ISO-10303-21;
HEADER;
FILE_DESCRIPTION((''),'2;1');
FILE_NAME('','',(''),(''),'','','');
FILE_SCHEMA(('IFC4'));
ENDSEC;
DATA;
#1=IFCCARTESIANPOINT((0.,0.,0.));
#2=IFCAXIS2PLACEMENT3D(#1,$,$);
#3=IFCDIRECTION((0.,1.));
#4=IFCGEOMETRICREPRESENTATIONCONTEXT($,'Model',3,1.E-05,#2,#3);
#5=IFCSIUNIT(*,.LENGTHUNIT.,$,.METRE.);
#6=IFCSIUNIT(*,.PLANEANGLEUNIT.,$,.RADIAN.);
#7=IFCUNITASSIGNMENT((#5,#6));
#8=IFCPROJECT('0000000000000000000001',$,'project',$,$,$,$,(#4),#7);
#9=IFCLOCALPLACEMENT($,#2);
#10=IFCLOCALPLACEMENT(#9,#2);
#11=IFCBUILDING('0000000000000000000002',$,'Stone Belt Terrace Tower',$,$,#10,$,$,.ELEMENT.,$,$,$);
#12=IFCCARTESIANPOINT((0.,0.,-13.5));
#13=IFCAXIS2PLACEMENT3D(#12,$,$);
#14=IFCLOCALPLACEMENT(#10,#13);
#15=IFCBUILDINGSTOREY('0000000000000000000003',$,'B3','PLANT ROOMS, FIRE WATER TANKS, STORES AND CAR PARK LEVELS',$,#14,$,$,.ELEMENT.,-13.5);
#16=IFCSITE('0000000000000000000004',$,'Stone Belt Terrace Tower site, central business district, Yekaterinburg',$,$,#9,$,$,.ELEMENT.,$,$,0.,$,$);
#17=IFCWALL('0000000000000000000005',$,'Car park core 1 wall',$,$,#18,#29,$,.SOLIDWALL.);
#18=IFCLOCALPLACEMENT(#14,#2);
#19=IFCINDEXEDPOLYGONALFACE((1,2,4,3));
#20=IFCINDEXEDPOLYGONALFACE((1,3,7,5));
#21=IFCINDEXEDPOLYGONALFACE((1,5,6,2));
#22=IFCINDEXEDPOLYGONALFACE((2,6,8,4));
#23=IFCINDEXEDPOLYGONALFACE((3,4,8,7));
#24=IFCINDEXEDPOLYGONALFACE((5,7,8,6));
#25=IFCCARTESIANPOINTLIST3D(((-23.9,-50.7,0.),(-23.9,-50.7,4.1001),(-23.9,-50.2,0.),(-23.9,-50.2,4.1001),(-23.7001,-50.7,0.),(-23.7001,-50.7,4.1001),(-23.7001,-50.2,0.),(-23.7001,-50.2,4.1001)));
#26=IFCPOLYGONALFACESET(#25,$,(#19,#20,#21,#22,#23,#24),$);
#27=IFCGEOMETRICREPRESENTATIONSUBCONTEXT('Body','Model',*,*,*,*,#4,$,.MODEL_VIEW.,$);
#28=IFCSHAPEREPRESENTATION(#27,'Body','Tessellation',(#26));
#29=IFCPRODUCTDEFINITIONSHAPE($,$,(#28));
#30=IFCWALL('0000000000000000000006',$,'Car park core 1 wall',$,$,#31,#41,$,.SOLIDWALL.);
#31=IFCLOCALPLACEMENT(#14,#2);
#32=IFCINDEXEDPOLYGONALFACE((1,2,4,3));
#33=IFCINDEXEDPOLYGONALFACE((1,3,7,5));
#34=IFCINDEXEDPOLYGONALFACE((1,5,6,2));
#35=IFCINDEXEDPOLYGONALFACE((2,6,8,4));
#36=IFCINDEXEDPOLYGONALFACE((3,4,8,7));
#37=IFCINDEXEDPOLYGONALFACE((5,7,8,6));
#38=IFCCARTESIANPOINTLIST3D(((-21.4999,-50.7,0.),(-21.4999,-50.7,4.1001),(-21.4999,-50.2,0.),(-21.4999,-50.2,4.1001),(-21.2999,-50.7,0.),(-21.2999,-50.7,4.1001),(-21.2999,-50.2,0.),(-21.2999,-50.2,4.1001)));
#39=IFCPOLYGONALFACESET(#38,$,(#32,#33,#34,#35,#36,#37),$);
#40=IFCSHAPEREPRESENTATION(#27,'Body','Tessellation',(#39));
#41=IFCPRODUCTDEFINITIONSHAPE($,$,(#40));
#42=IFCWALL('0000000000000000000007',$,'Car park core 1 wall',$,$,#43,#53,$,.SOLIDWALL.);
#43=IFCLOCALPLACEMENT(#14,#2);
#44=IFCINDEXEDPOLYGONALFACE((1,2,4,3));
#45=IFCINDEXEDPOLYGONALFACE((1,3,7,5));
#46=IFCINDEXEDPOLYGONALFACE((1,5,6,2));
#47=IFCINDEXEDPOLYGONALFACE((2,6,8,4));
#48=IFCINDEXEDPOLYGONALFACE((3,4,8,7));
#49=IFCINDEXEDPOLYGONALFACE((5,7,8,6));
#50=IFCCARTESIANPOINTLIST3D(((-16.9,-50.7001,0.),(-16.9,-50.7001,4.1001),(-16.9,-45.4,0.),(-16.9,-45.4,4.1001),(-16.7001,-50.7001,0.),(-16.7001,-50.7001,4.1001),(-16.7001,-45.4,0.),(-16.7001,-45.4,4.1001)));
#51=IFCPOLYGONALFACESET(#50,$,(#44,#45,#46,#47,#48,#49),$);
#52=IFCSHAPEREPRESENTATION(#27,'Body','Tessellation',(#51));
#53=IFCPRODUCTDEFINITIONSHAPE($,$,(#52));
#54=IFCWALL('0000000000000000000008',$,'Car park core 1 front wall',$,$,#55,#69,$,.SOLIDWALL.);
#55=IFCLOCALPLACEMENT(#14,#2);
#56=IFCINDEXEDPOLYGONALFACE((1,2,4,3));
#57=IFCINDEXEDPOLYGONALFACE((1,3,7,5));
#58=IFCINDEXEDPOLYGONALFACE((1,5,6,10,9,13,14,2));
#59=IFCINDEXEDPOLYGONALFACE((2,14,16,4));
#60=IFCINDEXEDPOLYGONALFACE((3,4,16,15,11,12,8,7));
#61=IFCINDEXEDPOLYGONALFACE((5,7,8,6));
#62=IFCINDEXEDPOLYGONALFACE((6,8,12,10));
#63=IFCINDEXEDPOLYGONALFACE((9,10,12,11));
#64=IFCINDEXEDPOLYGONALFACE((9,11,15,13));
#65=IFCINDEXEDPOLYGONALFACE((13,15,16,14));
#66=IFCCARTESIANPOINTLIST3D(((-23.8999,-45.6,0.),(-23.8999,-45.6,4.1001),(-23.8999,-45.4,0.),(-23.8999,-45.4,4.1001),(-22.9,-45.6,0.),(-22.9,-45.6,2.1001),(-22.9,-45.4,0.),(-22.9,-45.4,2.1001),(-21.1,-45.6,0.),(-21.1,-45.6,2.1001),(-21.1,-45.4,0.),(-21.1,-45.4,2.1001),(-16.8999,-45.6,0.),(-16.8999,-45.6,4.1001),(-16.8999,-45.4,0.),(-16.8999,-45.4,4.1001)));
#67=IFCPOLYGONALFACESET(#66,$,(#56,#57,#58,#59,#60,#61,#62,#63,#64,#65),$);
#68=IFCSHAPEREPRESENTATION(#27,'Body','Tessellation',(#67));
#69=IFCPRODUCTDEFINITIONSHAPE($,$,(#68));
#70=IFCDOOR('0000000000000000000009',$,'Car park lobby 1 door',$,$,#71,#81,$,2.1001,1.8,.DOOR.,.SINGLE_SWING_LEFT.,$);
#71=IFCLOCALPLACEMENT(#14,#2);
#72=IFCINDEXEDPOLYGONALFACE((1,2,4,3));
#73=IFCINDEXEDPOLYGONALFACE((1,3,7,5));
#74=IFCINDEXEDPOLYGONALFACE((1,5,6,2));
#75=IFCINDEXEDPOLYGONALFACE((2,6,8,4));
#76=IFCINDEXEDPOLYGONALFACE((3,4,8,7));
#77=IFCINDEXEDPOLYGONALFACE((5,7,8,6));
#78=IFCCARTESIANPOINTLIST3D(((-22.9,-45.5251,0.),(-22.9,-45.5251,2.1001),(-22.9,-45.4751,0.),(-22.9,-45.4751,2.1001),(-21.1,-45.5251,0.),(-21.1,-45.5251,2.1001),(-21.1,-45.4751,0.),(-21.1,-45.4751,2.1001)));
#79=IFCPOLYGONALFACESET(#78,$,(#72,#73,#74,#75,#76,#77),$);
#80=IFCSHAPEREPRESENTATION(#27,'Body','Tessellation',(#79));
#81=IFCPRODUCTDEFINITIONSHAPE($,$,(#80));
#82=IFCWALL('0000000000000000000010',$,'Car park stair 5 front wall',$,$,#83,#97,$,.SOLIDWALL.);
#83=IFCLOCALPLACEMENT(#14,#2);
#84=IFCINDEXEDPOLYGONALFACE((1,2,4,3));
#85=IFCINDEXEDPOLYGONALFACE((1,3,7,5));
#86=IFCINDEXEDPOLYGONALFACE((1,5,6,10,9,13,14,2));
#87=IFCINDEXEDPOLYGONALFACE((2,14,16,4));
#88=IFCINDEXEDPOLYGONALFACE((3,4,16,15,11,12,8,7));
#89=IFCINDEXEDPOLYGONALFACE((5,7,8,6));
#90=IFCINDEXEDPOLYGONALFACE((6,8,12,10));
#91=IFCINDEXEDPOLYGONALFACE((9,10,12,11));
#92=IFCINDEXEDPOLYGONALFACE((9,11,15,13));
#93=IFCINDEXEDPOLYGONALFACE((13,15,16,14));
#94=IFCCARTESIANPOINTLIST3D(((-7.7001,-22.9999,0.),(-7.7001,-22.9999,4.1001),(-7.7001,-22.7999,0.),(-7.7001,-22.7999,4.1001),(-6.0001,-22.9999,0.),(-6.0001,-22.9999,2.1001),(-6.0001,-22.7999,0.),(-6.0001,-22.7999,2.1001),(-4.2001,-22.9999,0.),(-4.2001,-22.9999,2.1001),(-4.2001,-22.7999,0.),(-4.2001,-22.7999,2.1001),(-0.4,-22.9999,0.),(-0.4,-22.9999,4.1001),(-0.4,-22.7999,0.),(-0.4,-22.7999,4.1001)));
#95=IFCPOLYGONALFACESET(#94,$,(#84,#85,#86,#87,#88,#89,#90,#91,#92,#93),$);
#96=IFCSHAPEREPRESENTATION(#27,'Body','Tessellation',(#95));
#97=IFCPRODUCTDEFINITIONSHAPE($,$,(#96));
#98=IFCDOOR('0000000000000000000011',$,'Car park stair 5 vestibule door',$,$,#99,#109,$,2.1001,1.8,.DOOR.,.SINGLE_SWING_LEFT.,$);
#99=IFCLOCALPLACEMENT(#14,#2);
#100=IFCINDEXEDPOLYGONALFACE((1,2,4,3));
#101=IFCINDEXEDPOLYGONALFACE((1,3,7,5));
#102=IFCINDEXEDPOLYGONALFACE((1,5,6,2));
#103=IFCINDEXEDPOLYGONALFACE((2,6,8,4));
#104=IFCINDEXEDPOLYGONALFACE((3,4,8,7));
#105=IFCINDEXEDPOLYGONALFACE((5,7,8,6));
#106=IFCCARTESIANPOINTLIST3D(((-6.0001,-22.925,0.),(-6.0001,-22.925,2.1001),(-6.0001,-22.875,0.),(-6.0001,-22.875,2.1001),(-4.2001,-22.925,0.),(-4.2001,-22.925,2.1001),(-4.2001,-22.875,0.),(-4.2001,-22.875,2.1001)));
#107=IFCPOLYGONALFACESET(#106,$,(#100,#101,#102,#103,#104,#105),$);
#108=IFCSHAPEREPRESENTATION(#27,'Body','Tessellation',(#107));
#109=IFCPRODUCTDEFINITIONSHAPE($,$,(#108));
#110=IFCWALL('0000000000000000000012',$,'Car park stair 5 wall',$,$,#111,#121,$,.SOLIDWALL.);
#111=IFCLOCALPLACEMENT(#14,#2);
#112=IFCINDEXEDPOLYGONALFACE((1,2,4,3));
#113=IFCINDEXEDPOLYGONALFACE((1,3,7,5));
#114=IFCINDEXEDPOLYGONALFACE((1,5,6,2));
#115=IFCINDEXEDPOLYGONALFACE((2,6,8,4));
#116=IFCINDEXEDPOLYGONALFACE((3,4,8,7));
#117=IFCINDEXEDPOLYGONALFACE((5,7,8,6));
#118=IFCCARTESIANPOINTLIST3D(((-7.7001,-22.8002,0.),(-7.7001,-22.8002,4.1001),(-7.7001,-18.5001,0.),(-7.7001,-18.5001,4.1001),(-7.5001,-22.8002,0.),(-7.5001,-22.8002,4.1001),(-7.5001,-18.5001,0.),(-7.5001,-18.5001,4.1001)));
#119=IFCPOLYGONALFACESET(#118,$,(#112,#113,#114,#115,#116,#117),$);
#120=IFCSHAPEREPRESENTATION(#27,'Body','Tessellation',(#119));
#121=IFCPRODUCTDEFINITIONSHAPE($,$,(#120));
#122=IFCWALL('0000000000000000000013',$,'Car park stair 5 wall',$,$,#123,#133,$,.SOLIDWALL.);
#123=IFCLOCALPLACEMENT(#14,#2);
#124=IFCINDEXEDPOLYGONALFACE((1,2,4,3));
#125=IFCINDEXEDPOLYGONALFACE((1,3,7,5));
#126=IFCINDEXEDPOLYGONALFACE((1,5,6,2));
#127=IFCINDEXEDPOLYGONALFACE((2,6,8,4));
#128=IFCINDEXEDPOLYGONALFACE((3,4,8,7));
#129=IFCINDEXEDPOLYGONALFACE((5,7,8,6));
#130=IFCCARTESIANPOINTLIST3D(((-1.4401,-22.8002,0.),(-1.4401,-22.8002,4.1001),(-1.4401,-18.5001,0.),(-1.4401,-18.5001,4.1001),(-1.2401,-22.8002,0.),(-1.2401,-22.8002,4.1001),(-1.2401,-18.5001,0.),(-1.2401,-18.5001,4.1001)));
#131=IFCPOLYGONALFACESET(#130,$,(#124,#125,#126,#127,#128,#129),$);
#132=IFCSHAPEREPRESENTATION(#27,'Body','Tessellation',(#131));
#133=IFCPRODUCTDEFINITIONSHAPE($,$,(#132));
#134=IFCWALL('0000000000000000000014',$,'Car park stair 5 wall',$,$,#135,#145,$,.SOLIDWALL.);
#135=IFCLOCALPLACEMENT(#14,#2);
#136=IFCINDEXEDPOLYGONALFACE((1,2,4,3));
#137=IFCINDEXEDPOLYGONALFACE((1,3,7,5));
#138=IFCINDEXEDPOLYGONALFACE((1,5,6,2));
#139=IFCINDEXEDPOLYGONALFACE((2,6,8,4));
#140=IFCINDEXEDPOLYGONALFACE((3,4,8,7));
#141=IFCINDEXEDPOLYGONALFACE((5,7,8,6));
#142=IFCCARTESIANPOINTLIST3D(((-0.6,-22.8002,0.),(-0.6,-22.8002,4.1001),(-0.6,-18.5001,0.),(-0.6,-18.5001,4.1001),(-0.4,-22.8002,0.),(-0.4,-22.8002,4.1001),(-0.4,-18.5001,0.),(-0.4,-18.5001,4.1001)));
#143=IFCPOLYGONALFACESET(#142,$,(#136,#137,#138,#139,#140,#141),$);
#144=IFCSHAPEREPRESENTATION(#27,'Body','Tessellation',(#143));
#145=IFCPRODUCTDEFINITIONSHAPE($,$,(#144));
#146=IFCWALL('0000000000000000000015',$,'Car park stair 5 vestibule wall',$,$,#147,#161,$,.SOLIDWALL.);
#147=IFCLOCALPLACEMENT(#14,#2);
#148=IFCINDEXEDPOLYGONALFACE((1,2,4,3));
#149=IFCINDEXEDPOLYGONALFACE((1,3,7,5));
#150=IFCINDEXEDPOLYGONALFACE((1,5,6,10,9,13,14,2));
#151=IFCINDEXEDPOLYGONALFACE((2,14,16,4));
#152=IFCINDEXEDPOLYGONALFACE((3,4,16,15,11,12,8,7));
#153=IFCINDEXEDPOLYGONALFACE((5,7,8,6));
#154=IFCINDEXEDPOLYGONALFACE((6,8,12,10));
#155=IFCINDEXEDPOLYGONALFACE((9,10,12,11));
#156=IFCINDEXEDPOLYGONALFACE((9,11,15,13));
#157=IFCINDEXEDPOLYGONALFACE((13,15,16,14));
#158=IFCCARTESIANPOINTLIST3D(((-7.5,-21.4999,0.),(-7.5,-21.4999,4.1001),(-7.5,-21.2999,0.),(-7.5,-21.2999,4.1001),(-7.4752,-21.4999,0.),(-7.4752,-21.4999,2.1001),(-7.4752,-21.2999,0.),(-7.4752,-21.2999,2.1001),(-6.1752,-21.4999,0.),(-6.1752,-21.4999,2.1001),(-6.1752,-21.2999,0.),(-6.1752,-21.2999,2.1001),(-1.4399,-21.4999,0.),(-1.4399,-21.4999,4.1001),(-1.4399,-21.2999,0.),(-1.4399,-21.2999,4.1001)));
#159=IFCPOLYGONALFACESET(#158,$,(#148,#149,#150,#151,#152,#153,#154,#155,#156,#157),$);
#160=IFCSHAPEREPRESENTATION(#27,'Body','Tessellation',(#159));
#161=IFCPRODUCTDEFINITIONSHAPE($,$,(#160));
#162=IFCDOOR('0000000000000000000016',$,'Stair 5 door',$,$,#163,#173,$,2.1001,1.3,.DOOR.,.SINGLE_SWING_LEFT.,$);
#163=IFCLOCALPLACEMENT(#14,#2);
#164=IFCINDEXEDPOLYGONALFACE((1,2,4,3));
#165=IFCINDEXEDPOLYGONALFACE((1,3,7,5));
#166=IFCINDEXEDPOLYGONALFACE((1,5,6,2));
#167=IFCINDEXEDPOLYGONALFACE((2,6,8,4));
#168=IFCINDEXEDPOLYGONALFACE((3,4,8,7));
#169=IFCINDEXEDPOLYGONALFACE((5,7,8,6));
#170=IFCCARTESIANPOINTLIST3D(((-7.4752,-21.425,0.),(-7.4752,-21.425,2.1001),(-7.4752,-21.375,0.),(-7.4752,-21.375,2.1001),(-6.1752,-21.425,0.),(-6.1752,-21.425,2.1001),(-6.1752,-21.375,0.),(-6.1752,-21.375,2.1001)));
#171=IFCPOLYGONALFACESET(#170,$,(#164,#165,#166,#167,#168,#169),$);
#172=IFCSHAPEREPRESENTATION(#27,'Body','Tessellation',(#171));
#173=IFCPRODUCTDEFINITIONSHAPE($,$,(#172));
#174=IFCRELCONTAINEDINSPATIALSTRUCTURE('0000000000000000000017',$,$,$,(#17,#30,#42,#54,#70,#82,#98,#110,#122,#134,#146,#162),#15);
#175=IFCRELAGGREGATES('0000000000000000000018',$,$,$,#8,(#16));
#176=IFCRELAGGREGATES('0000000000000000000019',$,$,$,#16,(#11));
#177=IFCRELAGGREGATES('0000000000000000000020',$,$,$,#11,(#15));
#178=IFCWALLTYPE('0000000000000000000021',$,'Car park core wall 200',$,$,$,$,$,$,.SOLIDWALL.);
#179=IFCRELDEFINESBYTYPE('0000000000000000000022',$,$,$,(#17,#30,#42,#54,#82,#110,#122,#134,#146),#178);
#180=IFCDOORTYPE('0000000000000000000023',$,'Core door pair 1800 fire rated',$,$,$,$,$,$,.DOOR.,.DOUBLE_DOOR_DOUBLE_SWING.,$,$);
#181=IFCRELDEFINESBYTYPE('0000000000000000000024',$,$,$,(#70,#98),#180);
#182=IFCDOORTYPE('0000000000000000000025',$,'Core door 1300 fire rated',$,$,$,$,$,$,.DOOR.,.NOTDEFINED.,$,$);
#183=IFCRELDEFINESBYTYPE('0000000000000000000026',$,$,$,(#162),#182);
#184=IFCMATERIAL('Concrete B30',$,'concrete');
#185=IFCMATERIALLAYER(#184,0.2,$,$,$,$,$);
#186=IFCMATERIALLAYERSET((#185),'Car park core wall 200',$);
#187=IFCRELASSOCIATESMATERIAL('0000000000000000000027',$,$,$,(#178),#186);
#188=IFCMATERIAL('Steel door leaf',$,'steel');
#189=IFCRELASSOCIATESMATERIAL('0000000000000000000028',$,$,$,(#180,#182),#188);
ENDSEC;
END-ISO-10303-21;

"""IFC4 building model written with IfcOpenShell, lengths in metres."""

from ifc_helpers import new_model, si_unit, direction, frame, frame_2d, origin, place, context, subcontext, project, spatial, rectangle, extrude, material, layer, layer_set, type_object, element, fill, save


model = new_model("IFC4")

# Units and contexts
model_context = context("Model", 3, precision=1e-05, world=origin(), true_north=direction((0.0, 1.0)))
body_context = subcontext(model_context, "Body", "Model", "MODEL_VIEW")
ifc_project = project(units=[si_unit("LENGTHUNIT", "METRE"), si_unit("PLANEANGLEUNIT", "RADIAN")], contexts=[model_context])

# Site, building, storey
site_placement = place(None, origin())
site = spatial("IfcSite", under=ifc_project, at=site_placement, Name="Stone Belt Terrace Tower site, central business district, Yekaterinburg", CompositionType="ELEMENT", RefElevation=0.0)
building_placement = place(site_placement, origin())
building = spatial("IfcBuilding", under=site, at=building_placement, Name="Stone Belt Terrace Tower", CompositionType="ELEMENT")
storey_placement = place(building_placement, frame((0.0, 0.0, -13.5)))
storey = spatial("IfcBuildingStorey", under=building, at=storey_placement, Name="B3", Description="PLANT ROOMS, FIRE WATER TANKS, STORES AND CAR PARK LEVELS", CompositionType="ELEMENT", Elevation=-13.5)

# Shared definitions
ifc_material_1 = material(Name="Concrete B30", Category="concrete")
ifc_layer_1 = layer(ifc_material_1, 0.2)
ifc_layer_set_1 = layer_set([ifc_layer_1], Name="Car park core wall 200")
wall_type_1 = type_object("IfcWallType", Name="Car park core wall 200", PredefinedType="SOLIDWALL", material=ifc_layer_set_1)
ifc_material_2 = material(Name="Steel door leaf", Category="steel")

# Walls
for number, where, z_axis, x_axis, name in (
    (1, (-23.8, -50.7, 0.0), (0.0, 0.0, 1.0), (0.0, 1.0, 0.0), "Car park core 1 wall"),
    (2, (-21.3999, -50.7, 0.0), (0.0, 0.0, 1.0), (0.0, 1.0, 0.0), "Car park core 1 wall"),
):
    element("IfcWall", number, at=place(storey_placement, frame(where, z_axis=z_axis, x_axis=x_axis)), inside=storey, type_object=wall_type_1, Name=name, PredefinedType="SOLIDWALL", context=body_context, shape_type="SweptSolid", body=[
        extrude(rectangle(XDim=0.5, YDim=0.2, at=frame_2d((0.25, 0.0))), origin(), (0.0, 0.0, 1.0), 4.1001),
    ])
wall_1_placement = place(storey_placement, frame((-16.8, -50.7, 0.0), z_axis=(0.0, 0.0, 1.0), x_axis=(0.0, 1.0, 0.0)))
element("IfcWall", 3, at=wall_1_placement, inside=storey, type_object=wall_type_1, Name="Car park core 1 wall", PredefinedType="SOLIDWALL", context=body_context, shape_type="SweptSolid", body=[
    extrude(rectangle(XDim=5.3, YDim=0.2, at=frame_2d((2.6499, 0.0))), origin(), (0.0, 0.0, 1.0), 4.1001),
])

# Walls, openings, doors
wall_2_placement = place(storey_placement, frame((-23.8999, -45.5, 0.0), z_axis=(0.0, 0.0, 1.0), x_axis=(1.0, 0.0, 0.0)))
wall_2 = element("IfcWall", 4, at=wall_2_placement, inside=storey, type_object=wall_type_1, Name="Car park core 1 front wall", PredefinedType="SOLIDWALL", context=body_context, shape_type="SweptSolid", body=[
    extrude(rectangle(XDim=7.0, YDim=0.2, at=frame_2d((3.5, 0.0))), origin(), (0.0, 0.0, 1.0), 4.1001),
])
opening_1_placement = place(wall_2_placement, frame((1.0, 0.0, 0.0)))
opening_1 = element("IfcOpeningElement", 5, at=opening_1_placement, cuts=wall_2, PredefinedType="OPENING", context=body_context, shape_type="SweptSolid", body=[
    extrude(rectangle(XDim=1.8, YDim=2.1001, at=frame_2d((0.8999, 1.05))), frame((0.0, 0.1099, 0.0), z_axis=(0.0, -1.0, 0.0), x_axis=(1.0, 0.0, 0.0)), (0.0, 0.0, 1.0), 0.22),
])
door_type_1 = type_object("IfcDoorType", Name="Core door pair 1800 fire rated", OperationType="DOUBLE_DOOR_DOUBLE_SWING", PredefinedType="DOOR", material=ifc_material_2)
door_1_placement = place(opening_1_placement, origin())
door_1 = element("IfcDoor", 6, at=door_1_placement, inside=storey, type_object=door_type_1, Name="Car park lobby 1 door", OperationType="SINGLE_SWING_LEFT", OverallHeight=2.1001, OverallWidth=1.8, PredefinedType="DOOR", context=body_context, shape_type="SweptSolid", body=[
    extrude(rectangle(XDim=1.8, YDim=2.1001, at=frame_2d((0.8999, 1.05))), frame((0.0, 0.0249, 0.0), z_axis=(0.0, -1.0, 0.0), x_axis=(1.0, 0.0, 0.0)), (0.0, 0.0, 1.0), 0.05),
])
fill(opening_1, door_1)
wall_3_placement = place(storey_placement, frame((-7.7, -22.8999, 0.0), z_axis=(0.0, 0.0, 1.0), x_axis=(1.0, 0.0, 0.0)))
wall_3 = element("IfcWall", 7, at=wall_3_placement, inside=storey, type_object=wall_type_1, Name="Car park stair 5 front wall", PredefinedType="SOLIDWALL", context=body_context, shape_type="SweptSolid", body=[
    extrude(rectangle(XDim=7.3, YDim=0.2, at=frame_2d((3.6499, 0.0))), origin(), (0.0, 0.0, 1.0), 4.1001),
])
opening_2_placement = place(wall_3_placement, frame((1.7, 0.0, 0.0)))
opening_2 = element("IfcOpeningElement", 8, at=opening_2_placement, cuts=wall_3, PredefinedType="OPENING", context=body_context, shape_type="SweptSolid", body=[
    extrude(rectangle(XDim=1.8, YDim=2.1001, at=frame_2d((0.8999, 1.05))), frame((0.0, 0.1099, 0.0), z_axis=(0.0, -1.0, 0.0), x_axis=(1.0, 0.0, 0.0)), (0.0, 0.0, 1.0), 0.22),
])
door_2_placement = place(opening_2_placement, origin())
door_2 = element("IfcDoor", 9, at=door_2_placement, inside=storey, type_object=door_type_1, Name="Car park stair 5 vestibule door", OperationType="SINGLE_SWING_LEFT", OverallHeight=2.1001, OverallWidth=1.8, PredefinedType="DOOR", context=body_context, shape_type="SweptSolid", body=[
    extrude(rectangle(XDim=1.8, YDim=2.1001, at=frame_2d((0.8999, 1.05))), frame((0.0, 0.0249, 0.0), z_axis=(0.0, -1.0, 0.0), x_axis=(1.0, 0.0, 0.0)), (0.0, 0.0, 1.0), 0.05),
])
fill(opening_2, door_2)

# Walls
for number, where, z_axis, x_axis, name in (
    (10, (-7.6001, -22.8, 0.0), (0.0, 0.0, 1.0), (0.0, 1.0, 0.0), "Car park stair 5 wall"),
    (11, (-1.3401, -22.8, 0.0), (0.0, 0.0, 1.0), (0.0, 1.0, 0.0), "Car park stair 5 wall"),
    (12, (-0.5, -22.8, 0.0), (0.0, 0.0, 1.0), (0.0, 1.0, 0.0), "Car park stair 5 wall"),
):
    element("IfcWall", number, at=place(storey_placement, frame(where, z_axis=z_axis, x_axis=x_axis)), inside=storey, type_object=wall_type_1, Name=name, PredefinedType="SOLIDWALL", context=body_context, shape_type="SweptSolid", body=[
        extrude(rectangle(XDim=4.3, YDim=0.2, at=frame_2d((2.1499, 0.0))), origin(), (0.0, 0.0, 1.0), 4.1001),
    ])

# Wall, opening, door
wall_4_placement = place(storey_placement, frame((-7.5, -21.3999, 0.0), z_axis=(0.0, 0.0, 1.0), x_axis=(1.0, 0.0, 0.0)))
wall_4 = element("IfcWall", 13, at=wall_4_placement, inside=storey, type_object=wall_type_1, Name="Car park stair 5 vestibule wall", PredefinedType="SOLIDWALL", context=body_context, shape_type="SweptSolid", body=[
    extrude(rectangle(XDim=6.0601, YDim=0.2, at=frame_2d((3.03, 0.0))), origin(), (0.0, 0.0, 1.0), 4.1001),
])
opening_3_placement = place(wall_4_placement, frame((0.0249, 0.0, 0.0)))
opening_3 = element("IfcOpeningElement", 14, at=opening_3_placement, cuts=wall_4, PredefinedType="OPENING", context=body_context, shape_type="SweptSolid", body=[
    extrude(rectangle(XDim=1.3, YDim=2.1001, at=frame_2d((0.6499, 1.05))), frame((0.0, 0.1099, 0.0), z_axis=(0.0, -1.0, 0.0), x_axis=(1.0, 0.0, 0.0)), (0.0, 0.0, 1.0), 0.22),
])
door_type_2 = type_object("IfcDoorType", Name="Core door 1300 fire rated", OperationType="NOTDEFINED", PredefinedType="DOOR", material=ifc_material_2)
door_3_placement = place(opening_3_placement, origin())
door_3 = element("IfcDoor", 15, at=door_3_placement, inside=storey, type_object=door_type_2, Name="Stair 5 door", OperationType="SINGLE_SWING_LEFT", OverallHeight=2.1001, OverallWidth=1.3, PredefinedType="DOOR", context=body_context, shape_type="SweptSolid", body=[
    extrude(rectangle(XDim=1.3, YDim=2.1001, at=frame_2d((0.6499, 1.05))), frame((0.0, 0.0249, 0.0), z_axis=(0.0, -1.0, 0.0), x_axis=(1.0, 0.0, 0.0)), (0.0, 0.0, 1.0), 0.05),
])
fill(opening_3, door_3)

save(model, "model.ifc")
